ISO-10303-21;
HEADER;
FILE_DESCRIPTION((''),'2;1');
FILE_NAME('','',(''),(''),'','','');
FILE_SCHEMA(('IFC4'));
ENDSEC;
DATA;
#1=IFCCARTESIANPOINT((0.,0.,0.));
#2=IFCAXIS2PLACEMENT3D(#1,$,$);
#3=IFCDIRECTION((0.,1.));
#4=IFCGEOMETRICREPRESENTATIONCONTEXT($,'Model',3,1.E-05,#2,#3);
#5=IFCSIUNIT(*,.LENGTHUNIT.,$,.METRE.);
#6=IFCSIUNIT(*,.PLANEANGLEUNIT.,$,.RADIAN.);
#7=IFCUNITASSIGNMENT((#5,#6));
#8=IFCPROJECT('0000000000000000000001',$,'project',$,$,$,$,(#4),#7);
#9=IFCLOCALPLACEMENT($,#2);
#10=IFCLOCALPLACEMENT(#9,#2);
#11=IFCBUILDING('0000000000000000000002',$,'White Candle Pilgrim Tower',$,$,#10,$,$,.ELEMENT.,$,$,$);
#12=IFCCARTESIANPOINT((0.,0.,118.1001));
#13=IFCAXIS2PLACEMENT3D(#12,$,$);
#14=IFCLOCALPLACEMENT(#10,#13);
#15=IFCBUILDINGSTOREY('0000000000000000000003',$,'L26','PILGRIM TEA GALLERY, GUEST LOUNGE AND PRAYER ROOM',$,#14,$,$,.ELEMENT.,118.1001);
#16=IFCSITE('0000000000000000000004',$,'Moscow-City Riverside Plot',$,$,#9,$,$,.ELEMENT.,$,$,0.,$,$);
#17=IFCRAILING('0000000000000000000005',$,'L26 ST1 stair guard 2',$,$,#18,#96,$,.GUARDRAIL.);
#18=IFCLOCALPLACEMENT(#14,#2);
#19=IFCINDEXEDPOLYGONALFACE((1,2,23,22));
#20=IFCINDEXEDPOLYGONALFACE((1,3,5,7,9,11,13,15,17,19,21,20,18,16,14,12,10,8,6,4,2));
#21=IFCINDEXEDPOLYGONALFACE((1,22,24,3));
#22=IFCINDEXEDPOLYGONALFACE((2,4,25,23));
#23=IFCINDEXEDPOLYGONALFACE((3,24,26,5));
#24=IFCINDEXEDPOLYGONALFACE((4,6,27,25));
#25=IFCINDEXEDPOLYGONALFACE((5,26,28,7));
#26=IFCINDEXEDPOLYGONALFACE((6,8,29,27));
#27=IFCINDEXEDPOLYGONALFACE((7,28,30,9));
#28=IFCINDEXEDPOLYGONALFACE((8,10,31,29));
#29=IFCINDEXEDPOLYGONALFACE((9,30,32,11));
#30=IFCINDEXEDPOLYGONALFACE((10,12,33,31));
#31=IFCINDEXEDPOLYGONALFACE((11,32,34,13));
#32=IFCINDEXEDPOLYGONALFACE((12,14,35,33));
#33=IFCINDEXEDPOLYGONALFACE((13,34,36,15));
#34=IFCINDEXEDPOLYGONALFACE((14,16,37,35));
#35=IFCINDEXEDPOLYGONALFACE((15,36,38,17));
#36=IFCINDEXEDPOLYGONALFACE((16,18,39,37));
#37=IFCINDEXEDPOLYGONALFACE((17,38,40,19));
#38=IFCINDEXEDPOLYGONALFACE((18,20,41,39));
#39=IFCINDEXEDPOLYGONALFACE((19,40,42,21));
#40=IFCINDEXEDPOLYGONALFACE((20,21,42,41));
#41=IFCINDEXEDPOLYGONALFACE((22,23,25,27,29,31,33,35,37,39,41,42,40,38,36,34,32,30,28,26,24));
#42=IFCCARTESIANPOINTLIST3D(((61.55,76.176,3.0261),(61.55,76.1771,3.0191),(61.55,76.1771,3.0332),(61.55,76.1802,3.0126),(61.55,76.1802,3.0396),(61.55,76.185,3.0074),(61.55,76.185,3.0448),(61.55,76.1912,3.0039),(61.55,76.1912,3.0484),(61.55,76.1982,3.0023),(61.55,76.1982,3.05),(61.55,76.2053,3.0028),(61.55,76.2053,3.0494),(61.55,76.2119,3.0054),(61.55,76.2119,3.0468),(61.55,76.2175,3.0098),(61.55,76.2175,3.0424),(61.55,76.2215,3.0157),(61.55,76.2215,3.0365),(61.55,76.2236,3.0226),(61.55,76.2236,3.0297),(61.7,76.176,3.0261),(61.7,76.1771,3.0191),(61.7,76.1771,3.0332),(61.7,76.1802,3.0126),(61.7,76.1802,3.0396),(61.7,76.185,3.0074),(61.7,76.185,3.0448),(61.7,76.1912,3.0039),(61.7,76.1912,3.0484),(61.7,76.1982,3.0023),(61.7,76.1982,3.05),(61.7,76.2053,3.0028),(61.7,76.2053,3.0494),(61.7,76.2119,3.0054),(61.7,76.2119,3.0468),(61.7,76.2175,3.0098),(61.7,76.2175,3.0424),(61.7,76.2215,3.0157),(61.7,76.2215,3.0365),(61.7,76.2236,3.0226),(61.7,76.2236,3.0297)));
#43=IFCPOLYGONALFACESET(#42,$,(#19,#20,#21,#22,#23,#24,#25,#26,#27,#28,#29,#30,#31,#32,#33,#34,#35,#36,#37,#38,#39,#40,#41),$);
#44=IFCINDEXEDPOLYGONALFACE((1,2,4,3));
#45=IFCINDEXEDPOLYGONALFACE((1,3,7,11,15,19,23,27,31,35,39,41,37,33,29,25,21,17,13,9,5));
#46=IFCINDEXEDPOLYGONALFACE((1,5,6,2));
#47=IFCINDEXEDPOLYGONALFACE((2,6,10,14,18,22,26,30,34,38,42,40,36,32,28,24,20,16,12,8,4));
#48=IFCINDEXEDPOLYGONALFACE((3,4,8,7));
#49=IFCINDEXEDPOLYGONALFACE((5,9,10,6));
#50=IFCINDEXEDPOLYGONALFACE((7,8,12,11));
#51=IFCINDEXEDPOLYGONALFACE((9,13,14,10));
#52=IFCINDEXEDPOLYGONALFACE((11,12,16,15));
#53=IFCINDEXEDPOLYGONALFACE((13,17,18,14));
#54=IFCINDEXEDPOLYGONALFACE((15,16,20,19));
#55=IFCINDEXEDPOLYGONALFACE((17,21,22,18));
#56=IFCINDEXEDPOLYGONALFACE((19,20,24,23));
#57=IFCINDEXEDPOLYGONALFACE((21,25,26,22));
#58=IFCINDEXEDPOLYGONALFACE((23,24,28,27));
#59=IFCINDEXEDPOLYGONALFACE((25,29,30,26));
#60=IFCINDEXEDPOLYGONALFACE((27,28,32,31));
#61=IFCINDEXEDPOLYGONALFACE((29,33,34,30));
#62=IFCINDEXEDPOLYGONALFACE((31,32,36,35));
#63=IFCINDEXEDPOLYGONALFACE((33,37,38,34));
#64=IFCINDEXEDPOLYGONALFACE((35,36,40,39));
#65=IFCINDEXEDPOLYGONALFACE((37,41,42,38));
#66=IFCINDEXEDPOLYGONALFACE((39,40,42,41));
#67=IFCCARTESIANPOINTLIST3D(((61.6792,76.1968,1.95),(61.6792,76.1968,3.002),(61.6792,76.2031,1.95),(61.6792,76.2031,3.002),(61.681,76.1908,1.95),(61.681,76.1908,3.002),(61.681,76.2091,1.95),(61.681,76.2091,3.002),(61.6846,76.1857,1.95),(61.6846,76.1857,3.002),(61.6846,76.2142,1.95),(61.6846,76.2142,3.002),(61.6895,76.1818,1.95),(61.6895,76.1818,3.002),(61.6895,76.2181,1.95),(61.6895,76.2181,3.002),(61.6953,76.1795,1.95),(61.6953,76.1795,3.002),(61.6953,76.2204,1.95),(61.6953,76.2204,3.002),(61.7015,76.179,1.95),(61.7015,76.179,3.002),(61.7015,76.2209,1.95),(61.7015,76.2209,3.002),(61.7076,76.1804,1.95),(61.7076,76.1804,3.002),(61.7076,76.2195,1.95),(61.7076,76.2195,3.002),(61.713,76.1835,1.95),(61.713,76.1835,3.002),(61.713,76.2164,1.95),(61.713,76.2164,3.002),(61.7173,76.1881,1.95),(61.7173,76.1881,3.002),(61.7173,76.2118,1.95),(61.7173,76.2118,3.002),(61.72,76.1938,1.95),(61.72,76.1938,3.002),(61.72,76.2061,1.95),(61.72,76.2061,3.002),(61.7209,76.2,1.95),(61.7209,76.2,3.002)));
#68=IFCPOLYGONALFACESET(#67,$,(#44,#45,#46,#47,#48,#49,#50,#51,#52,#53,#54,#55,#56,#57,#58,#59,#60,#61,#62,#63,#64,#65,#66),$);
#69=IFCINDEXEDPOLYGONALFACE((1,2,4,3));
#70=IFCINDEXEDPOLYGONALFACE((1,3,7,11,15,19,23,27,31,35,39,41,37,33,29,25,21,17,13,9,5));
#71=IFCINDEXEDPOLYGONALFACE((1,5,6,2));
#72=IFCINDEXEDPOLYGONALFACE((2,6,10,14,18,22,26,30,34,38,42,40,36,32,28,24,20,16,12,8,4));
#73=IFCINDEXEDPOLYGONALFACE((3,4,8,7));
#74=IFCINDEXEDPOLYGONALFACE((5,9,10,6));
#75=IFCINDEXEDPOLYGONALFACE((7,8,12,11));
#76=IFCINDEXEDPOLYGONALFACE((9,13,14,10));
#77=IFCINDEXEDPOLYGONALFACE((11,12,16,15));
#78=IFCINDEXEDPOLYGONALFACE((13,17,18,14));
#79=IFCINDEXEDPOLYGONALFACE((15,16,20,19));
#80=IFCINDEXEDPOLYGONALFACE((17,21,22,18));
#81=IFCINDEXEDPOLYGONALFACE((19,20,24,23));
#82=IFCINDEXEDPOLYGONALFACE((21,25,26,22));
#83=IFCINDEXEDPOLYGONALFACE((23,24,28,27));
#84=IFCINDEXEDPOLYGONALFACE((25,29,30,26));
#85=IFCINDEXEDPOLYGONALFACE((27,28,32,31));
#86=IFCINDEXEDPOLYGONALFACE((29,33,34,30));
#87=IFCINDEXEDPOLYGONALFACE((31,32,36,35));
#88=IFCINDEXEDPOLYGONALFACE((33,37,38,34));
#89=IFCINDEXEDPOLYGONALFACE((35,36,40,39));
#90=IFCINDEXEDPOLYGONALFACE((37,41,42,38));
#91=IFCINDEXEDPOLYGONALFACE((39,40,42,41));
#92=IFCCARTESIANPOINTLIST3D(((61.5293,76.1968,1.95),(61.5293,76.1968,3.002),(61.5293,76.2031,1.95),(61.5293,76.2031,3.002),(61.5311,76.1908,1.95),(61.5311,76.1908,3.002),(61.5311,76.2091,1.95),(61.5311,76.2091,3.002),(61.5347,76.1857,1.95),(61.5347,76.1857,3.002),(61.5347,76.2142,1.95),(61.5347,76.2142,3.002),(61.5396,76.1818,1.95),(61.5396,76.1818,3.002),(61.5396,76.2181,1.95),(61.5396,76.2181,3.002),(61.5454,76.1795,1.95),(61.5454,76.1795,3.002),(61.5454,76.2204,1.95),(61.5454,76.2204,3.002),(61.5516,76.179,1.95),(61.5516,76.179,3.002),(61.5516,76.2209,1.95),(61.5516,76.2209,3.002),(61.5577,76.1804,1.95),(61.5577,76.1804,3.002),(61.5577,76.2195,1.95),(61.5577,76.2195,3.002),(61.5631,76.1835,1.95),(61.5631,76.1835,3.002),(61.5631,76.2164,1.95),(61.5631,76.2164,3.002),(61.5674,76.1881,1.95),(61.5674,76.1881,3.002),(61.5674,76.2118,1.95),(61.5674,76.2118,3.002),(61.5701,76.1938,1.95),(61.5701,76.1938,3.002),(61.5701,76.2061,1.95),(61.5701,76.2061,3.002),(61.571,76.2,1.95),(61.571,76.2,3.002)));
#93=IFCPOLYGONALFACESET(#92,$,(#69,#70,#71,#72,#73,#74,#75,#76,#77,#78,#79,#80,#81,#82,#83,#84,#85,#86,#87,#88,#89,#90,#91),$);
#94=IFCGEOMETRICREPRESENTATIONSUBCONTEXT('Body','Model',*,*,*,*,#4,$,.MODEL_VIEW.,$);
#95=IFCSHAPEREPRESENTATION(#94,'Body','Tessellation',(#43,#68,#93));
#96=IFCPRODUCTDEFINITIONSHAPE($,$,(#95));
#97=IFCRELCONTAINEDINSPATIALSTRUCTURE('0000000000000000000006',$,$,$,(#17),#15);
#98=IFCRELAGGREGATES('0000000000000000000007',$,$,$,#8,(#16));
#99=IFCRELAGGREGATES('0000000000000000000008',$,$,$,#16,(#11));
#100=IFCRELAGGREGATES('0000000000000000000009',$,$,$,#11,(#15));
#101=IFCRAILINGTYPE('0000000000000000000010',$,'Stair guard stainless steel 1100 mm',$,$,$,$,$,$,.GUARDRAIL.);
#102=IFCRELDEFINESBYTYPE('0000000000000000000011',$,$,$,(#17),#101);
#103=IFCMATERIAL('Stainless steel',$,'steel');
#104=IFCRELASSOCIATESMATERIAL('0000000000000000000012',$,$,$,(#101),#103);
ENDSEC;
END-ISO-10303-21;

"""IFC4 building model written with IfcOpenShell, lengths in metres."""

from ifc_helpers import new_model, si_unit, direction, frame, origin, origin_2d, place, context, subcontext, project, spatial, circle, extrude, material, type_object, element, save


model = new_model("IFC4")

# Units and contexts
model_context = context("Model", 3, precision=1e-05, world=origin(), true_north=direction((0.0, 1.0)))
body_context = subcontext(model_context, "Body", "Model", "MODEL_VIEW")
ifc_project = project(units=[si_unit("LENGTHUNIT", "METRE"), si_unit("PLANEANGLEUNIT", "RADIAN")], contexts=[model_context])

# Site, building, storey
site_placement = place(None, origin())
site = spatial("IfcSite", under=ifc_project, at=site_placement, Name="Moscow-City Riverside Plot", CompositionType="ELEMENT", RefElevation=0.0)
building_placement = place(site_placement, origin())
building = spatial("IfcBuilding", under=site, at=building_placement, Name="White Candle Pilgrim Tower", CompositionType="ELEMENT")
storey_placement = place(building_placement, frame((0.0, 0.0, 118.1001)))
storey = spatial("IfcBuildingStorey", under=building, at=storey_placement, Name="L26", Description="PILGRIM TEA GALLERY, GUEST LOUNGE AND PRAYER ROOM", CompositionType="ELEMENT", Elevation=118.1001)

# Shared definitions
ifc_material_1 = material(Name="Stainless steel", Category="steel")

# Railing
railing_type_1 = type_object("IfcRailingType", Name="Stair guard stainless steel 1100 mm", PredefinedType="GUARDRAIL", material=ifc_material_1)
railing_1_placement = place(storey_placement, frame((61.7, 76.2, 1.95)))
element("IfcRailing", 1, at=railing_1_placement, inside=storey, type_object=railing_type_1, Name="L26 ST1 stair guard 2", PredefinedType="GUARDRAIL", context=body_context, shape_type="SweptSolid", body=[
    extrude(circle(Radius=0.0239, at=origin_2d()), frame((0.0, 0.0, 1.0762), z_axis=(-1.0, 0.0, 0.0), x_axis=(0.0, -1.0, 0.0)), (0.0, 0.0, 1.0), 0.1499),
    extrude(circle(Radius=0.021, at=origin_2d()), origin(), (0.0, 0.0, 1.0), 1.052),
    extrude(circle(Radius=0.021, at=origin_2d()), frame((-0.1499, 0.0, 0.0)), (0.0, 0.0, 1.0), 1.052),
])

save(model, "model.ifc")
